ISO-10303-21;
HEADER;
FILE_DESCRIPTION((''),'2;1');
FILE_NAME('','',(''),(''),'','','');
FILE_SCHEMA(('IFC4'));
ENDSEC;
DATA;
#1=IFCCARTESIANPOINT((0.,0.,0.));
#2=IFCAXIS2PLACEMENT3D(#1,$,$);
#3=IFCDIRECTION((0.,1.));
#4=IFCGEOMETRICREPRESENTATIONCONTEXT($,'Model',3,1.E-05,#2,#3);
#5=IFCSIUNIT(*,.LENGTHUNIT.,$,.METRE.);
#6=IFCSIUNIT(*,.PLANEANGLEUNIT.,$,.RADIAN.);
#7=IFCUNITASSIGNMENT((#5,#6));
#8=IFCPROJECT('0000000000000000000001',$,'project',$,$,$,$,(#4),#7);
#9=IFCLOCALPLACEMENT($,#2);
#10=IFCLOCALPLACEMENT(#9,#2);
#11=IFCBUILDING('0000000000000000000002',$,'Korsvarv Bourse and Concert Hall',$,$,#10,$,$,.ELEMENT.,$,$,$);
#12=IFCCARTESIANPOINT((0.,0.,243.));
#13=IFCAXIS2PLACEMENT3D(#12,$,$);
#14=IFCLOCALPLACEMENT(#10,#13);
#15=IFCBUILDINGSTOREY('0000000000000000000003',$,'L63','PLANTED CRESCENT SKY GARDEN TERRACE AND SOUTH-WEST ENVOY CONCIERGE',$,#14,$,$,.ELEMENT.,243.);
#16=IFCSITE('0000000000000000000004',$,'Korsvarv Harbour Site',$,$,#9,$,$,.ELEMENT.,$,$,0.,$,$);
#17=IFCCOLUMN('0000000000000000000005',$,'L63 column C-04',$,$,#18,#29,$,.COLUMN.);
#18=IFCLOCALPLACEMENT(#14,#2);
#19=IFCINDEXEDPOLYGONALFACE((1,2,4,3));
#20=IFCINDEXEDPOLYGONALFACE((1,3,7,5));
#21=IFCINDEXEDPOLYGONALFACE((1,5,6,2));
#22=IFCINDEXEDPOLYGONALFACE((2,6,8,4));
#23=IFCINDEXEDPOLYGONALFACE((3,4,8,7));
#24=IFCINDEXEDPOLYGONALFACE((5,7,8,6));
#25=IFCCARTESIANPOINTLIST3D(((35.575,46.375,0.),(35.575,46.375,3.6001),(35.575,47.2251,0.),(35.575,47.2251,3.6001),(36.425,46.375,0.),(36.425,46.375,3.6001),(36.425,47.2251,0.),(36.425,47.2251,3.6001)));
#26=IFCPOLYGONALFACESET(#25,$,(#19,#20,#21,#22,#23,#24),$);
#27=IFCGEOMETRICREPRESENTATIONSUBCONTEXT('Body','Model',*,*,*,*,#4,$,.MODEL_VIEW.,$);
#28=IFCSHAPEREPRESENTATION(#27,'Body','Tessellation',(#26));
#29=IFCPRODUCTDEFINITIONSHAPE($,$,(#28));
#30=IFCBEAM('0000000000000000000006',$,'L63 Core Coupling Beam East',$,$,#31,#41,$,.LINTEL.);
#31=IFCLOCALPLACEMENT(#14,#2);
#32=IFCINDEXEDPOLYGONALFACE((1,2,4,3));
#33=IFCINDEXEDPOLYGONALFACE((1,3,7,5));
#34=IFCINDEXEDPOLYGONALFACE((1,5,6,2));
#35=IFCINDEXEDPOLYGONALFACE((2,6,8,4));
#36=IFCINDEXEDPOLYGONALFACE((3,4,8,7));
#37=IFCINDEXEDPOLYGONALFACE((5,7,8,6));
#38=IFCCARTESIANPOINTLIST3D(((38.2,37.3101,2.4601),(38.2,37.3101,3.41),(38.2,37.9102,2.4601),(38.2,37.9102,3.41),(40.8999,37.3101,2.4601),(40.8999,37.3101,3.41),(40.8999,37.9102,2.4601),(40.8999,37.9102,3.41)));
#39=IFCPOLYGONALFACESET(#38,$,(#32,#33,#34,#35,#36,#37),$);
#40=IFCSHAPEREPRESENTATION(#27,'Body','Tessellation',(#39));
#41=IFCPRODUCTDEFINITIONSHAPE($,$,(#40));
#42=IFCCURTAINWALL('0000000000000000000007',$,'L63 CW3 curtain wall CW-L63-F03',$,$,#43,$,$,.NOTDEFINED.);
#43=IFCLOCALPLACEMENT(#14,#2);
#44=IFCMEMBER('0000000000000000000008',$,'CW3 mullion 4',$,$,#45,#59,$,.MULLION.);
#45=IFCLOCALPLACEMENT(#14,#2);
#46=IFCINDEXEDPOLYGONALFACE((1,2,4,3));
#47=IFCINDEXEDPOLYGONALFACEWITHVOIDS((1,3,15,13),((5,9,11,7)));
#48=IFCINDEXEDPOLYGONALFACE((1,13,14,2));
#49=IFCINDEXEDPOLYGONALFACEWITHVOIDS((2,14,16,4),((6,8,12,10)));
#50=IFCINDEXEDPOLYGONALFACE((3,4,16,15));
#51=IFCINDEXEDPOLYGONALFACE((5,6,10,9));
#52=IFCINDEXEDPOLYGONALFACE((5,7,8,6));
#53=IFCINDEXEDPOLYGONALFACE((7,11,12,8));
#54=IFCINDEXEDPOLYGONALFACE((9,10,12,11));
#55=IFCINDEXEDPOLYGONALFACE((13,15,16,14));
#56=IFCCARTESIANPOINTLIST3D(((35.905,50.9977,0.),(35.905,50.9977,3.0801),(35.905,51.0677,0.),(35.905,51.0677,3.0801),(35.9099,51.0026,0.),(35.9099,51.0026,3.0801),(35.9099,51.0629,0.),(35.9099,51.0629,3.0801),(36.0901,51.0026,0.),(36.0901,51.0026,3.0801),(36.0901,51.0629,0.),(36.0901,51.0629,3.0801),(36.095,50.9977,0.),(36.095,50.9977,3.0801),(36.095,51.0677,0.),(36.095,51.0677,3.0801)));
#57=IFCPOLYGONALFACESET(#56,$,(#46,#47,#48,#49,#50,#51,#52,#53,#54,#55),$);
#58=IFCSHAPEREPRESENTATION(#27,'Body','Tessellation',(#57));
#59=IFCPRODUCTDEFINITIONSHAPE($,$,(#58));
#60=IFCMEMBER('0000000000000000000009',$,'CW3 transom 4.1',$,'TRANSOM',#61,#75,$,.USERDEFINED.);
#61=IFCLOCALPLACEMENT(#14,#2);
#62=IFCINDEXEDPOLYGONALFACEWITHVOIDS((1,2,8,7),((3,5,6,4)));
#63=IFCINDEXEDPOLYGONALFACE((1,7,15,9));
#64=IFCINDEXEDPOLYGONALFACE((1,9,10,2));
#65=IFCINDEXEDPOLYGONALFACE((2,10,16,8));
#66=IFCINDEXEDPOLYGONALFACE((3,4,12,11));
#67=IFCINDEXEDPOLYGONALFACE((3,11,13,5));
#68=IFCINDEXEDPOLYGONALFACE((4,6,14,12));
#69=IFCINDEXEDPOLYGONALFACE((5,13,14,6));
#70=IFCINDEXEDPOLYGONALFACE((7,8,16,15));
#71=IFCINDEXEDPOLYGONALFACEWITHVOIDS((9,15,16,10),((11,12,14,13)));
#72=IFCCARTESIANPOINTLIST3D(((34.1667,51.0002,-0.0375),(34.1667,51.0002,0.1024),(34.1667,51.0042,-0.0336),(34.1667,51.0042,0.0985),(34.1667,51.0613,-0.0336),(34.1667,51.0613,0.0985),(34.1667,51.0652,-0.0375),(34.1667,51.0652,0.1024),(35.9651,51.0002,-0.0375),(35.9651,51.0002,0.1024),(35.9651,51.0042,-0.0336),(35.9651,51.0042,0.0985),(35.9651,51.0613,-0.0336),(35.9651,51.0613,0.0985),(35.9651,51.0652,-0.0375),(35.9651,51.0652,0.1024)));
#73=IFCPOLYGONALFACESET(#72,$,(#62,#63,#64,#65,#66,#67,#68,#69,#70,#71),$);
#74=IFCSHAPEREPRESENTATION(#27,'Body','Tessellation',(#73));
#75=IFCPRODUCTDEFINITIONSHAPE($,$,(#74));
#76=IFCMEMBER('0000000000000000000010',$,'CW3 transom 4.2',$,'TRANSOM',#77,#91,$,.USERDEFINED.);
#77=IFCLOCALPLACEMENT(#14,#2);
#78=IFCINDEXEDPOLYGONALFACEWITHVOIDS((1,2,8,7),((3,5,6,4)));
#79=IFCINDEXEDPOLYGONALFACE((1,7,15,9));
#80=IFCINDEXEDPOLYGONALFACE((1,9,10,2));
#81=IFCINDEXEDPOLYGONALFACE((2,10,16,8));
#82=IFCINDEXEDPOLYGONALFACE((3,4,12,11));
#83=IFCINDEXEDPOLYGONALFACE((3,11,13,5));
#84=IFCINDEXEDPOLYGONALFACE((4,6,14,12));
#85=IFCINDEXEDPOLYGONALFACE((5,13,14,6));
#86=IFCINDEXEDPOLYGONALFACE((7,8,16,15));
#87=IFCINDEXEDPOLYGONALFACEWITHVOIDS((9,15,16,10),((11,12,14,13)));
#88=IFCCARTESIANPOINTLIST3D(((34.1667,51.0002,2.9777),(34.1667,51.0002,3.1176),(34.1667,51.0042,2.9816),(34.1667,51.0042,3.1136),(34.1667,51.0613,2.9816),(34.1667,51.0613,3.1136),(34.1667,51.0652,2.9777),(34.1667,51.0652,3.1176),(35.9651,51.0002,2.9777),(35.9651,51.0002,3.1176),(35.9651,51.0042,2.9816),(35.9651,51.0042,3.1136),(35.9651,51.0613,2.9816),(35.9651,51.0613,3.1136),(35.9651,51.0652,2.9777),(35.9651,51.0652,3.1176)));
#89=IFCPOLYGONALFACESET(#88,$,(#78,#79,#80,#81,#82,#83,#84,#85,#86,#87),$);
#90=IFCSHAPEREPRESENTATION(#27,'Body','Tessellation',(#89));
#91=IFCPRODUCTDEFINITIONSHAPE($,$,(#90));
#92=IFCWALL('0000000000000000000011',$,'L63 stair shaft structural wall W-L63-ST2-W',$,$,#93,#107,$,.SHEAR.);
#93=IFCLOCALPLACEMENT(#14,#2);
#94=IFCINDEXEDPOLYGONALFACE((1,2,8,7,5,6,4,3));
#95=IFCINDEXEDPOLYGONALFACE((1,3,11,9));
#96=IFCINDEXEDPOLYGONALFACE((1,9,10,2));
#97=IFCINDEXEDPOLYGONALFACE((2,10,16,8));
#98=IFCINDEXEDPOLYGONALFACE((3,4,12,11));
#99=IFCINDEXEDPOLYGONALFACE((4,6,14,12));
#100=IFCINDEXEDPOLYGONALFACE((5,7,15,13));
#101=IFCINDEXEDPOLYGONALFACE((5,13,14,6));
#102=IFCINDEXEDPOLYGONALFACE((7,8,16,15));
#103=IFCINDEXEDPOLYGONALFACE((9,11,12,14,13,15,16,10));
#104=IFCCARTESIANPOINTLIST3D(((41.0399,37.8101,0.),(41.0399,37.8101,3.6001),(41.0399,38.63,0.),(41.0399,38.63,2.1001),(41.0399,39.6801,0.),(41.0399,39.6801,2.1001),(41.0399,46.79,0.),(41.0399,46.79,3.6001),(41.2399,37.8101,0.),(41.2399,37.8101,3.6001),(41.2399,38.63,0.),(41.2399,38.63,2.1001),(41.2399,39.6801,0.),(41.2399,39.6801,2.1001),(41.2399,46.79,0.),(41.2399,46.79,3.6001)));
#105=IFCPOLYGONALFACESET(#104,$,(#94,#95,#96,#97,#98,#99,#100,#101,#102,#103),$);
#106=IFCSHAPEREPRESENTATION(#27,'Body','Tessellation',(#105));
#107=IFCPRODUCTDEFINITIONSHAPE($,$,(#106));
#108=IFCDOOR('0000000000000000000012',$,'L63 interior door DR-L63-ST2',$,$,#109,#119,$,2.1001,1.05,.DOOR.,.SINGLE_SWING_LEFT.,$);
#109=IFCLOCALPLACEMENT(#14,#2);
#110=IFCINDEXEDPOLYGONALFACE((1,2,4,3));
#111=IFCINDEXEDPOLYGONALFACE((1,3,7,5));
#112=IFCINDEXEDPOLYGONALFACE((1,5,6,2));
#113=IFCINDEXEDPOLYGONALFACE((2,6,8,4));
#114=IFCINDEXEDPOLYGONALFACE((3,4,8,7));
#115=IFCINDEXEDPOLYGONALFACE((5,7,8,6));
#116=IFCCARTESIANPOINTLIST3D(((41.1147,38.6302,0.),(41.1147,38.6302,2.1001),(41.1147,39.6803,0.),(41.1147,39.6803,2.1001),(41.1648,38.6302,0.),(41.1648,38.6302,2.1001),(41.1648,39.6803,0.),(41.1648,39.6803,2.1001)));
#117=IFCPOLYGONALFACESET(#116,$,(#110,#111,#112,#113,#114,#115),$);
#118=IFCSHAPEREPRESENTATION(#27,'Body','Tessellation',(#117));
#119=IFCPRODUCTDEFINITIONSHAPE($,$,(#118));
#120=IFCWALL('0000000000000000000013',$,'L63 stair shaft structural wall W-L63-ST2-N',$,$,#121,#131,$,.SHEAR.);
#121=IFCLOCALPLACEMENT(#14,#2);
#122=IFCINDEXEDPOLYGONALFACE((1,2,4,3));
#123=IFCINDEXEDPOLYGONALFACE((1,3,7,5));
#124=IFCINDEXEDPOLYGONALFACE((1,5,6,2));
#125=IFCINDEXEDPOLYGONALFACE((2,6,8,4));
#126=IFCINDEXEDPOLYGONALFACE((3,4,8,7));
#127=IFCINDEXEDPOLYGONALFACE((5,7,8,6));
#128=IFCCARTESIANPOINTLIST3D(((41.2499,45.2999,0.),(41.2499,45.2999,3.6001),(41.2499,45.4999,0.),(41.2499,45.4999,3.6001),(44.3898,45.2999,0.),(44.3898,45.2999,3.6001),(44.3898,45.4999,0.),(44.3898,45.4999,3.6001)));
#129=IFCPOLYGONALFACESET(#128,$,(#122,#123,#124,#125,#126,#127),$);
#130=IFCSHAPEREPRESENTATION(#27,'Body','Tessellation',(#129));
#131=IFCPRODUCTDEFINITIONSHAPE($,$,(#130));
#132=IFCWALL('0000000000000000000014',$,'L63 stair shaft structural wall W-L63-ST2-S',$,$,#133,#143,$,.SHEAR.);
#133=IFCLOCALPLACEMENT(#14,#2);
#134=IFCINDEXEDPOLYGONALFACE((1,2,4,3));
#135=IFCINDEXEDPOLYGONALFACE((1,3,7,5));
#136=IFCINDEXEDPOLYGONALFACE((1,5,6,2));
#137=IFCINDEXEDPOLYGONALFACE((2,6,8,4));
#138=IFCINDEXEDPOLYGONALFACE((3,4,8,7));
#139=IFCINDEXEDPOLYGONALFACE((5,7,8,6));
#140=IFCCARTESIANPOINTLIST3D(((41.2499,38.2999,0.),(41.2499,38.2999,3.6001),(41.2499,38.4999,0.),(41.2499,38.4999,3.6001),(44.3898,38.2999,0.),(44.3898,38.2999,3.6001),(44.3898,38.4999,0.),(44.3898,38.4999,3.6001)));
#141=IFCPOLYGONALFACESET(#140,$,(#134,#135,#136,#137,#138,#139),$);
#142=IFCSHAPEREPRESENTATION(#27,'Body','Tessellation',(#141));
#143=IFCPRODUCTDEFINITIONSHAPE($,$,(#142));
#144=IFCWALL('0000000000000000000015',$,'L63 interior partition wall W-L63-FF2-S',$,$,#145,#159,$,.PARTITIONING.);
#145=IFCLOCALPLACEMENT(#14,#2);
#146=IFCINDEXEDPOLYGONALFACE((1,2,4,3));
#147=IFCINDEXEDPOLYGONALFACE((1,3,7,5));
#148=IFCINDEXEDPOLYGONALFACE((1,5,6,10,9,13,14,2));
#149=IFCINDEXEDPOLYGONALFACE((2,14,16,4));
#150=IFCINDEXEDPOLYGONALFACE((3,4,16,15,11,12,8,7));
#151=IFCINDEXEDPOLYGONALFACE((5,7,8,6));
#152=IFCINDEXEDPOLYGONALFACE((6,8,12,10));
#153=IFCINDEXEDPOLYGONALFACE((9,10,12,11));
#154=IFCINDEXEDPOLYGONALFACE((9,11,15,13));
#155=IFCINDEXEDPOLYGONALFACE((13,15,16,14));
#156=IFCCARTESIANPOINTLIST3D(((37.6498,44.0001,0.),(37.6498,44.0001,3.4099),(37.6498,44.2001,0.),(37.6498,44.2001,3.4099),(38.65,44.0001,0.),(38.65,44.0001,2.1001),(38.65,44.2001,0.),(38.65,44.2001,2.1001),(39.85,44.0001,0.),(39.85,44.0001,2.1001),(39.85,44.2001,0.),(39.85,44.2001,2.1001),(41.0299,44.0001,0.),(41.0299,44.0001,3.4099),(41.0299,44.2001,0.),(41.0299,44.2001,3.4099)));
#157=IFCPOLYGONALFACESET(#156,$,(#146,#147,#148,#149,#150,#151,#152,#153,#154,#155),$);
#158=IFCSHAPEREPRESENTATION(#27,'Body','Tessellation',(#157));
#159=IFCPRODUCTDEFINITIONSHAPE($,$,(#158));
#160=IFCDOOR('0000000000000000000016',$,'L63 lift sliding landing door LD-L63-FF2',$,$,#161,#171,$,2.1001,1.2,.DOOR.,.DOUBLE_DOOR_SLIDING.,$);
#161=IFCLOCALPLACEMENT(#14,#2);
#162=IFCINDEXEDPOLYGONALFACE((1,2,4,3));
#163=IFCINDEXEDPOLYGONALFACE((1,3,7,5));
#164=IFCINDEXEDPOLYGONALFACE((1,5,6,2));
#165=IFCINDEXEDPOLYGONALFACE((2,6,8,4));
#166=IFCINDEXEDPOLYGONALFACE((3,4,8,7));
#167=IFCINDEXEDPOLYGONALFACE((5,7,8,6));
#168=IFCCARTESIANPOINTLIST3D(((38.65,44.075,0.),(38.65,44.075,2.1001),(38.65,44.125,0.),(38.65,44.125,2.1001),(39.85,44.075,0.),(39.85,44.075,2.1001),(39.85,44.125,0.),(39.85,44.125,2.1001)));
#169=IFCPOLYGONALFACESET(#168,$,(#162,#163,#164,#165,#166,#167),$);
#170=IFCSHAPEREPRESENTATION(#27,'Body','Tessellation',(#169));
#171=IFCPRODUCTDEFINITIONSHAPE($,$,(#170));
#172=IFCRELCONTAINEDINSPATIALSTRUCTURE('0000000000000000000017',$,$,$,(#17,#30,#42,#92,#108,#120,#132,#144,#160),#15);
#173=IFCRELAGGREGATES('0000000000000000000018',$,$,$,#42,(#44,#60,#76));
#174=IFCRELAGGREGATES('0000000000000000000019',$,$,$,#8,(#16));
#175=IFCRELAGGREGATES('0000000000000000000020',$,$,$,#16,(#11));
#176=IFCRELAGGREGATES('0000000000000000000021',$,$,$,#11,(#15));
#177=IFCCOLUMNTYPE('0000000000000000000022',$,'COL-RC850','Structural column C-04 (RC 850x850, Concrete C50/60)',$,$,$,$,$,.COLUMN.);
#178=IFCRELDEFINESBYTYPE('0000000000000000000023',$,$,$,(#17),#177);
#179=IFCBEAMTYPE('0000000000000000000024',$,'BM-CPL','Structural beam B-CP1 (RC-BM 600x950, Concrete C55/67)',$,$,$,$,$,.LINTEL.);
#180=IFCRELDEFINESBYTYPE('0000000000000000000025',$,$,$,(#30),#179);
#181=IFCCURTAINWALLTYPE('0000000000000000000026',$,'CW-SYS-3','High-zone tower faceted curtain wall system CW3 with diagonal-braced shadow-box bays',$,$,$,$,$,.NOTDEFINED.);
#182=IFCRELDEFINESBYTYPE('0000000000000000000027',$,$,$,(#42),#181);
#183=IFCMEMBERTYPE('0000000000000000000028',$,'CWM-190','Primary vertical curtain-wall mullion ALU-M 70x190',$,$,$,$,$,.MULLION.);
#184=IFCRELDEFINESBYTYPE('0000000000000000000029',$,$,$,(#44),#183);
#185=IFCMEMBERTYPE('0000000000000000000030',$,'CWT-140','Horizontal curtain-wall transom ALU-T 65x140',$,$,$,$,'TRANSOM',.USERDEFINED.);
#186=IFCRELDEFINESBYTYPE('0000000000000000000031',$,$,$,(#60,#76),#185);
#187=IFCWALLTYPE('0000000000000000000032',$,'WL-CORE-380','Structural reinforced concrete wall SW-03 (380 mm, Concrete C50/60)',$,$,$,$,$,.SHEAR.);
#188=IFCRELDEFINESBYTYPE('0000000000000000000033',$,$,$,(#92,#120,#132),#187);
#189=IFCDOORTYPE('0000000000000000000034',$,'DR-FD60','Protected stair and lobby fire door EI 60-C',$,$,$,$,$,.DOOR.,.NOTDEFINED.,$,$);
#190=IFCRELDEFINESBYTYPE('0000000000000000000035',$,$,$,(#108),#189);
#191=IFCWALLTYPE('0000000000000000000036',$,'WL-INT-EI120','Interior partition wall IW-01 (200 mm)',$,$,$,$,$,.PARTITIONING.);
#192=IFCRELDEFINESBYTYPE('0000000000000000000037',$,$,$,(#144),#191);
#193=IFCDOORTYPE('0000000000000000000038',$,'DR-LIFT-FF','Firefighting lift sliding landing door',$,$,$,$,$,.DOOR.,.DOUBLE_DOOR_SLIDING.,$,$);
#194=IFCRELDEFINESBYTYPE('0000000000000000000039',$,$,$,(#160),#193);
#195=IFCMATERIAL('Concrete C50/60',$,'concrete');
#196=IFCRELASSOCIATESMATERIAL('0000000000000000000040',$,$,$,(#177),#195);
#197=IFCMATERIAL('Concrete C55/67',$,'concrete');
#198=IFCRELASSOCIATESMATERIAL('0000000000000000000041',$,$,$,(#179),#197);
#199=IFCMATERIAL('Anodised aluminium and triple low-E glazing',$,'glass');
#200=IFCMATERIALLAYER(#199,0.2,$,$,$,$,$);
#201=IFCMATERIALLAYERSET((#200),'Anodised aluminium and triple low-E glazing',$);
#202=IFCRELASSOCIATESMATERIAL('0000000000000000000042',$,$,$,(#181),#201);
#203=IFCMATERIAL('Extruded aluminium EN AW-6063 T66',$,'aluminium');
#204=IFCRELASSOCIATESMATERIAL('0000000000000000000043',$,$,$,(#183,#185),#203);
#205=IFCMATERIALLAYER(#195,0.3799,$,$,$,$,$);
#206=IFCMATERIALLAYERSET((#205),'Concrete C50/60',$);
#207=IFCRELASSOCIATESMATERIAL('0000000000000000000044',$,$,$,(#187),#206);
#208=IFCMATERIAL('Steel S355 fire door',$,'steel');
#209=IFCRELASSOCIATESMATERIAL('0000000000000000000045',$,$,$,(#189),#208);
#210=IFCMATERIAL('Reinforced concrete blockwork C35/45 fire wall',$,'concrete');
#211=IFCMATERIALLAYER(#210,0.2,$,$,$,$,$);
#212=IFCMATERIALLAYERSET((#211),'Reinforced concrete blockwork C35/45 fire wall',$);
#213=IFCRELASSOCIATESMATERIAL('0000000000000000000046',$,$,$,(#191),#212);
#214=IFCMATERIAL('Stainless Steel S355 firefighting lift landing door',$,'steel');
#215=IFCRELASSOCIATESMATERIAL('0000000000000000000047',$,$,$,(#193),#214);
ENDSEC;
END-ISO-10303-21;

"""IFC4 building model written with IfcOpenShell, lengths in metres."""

from ifc_helpers import new_model, si_unit, direction, frame, frame_2d, origin, origin_2d, place, context, subcontext, project, spatial, rectangle, hollow_rectangle, extrude, source, transform, mapped, material, layer, layer_set, material_profile, profile_set, type_object, element, fill, aggregate, save


model = new_model("IFC4")

# Units and contexts
model_context = context("Model", 3, precision=1e-05, world=origin(), true_north=direction((0.0, 1.0)))
body_context = subcontext(model_context, "Body", "Model", "MODEL_VIEW")
ifc_project = project(units=[si_unit("LENGTHUNIT", "METRE"), si_unit("PLANEANGLEUNIT", "RADIAN")], contexts=[model_context])

# Site, building, storey
site_placement = place(None, origin())
site = spatial("IfcSite", under=ifc_project, at=site_placement, Name="Korsvarv Harbour Site", CompositionType="ELEMENT", RefElevation=0.0)
building_placement = place(site_placement, origin())
building = spatial("IfcBuilding", under=site, at=building_placement, Name="Korsvarv Bourse and Concert Hall", CompositionType="ELEMENT")
storey_placement = place(building_placement, frame((0.0, 0.0, 243.0)))
storey = spatial("IfcBuildingStorey", under=building, at=storey_placement, Name="L63", Description="PLANTED CRESCENT SKY GARDEN TERRACE AND SOUTH-WEST ENVOY CONCIERGE", CompositionType="ELEMENT", Elevation=243.0)

# Column
ifc_material_1 = material(Name="Concrete C50/60", Category="concrete")
ifc_material_profile_1 = material_profile(ifc_material_1, rectangle(XDim=0.8501, YDim=0.8501, at=origin_2d()), Name="RC 850x850")
ifc_profile_set_1 = profile_set([ifc_material_profile_1], Name="Concrete C50/60")
column_type = type_object("IfcColumnType", Name="COL-RC850", Description="Structural column C-04 (RC 850x850, Concrete C50/60)", PredefinedType="COLUMN", material=ifc_profile_set_1)
shared_shape_1 = source(origin(), body_context, "Body", "SweptSolid", [
    extrude(rectangle(XDim=0.8501, YDim=0.8501, at=origin_2d()), origin(), (0.0, 0.0, 1.0), 3.6001),
])
column_placement = place(storey_placement, frame((36.0, 46.8, 0.0), z_axis=(0.0, 0.0, 1.0), x_axis=(1.0, 0.0, 0.0)))
element("IfcColumn", 1, at=column_placement, inside=storey, type_object=column_type, Name="L63 column C-04", PredefinedType="COLUMN", context=body_context, shape_type="MappedRepresentation", body=[
    mapped(shared_shape_1, transform((0.0, 0.0, 0.0), scale=1.0)),
])

# Beam
ifc_material_2 = material(Name="Concrete C55/67", Category="concrete")
ifc_material_profile_2 = material_profile(ifc_material_2, rectangle(XDim=0.6001, YDim=0.95, at=origin_2d()), Name="RC-BM 600x950")
ifc_profile_set_2 = profile_set([ifc_material_profile_2], Name="Concrete C55/67")
beam_type = type_object("IfcBeamType", Name="BM-CPL", Description="Structural beam B-CP1 (RC-BM 600x950, Concrete C55/67)", PredefinedType="LINTEL", material=ifc_profile_set_2)
shared_shape_2 = source(origin(), body_context, "Body", "SweptSolid", [
    extrude(rectangle(XDim=0.6001, YDim=0.95, at=origin_2d()), origin(), (0.0, 0.0, 1.0), 2.7),
])
beam_placement = place(storey_placement, frame((38.2, 37.6101, 2.9351), z_axis=(1.0, 0.0, 0.0), x_axis=(0.0, 1.0, 0.0)))
element("IfcBeam", 2, at=beam_placement, inside=storey, type_object=beam_type, Name="L63 Core Coupling Beam East", PredefinedType="LINTEL", context=body_context, shape_type="MappedRepresentation", body=[
    mapped(shared_shape_2, transform((0.0, 0.0, 0.0), scale=1.0)),
])

# Curtain wall, members
ifc_material_3 = material(Name="Anodised aluminium and triple low-E glazing", Category="glass")
ifc_layer_1 = layer(ifc_material_3, 0.2)
ifc_layer_set_1 = layer_set([ifc_layer_1], Name="Anodised aluminium and triple low-E glazing")
curtain_wall_type = type_object("IfcCurtainWallType", Name="CW-SYS-3", Description="High-zone tower faceted curtain wall system CW3 with diagonal-braced shadow-box bays", PredefinedType="NOTDEFINED", material=ifc_layer_set_1)
curtain_wall_placement = place(storey_placement, origin())
curtain_wall = element("IfcCurtainWall", 3, at=curtain_wall_placement, inside=storey, type_object=curtain_wall_type, Name="L63 CW3 curtain wall CW-L63-F03", PredefinedType="NOTDEFINED")
ifc_material_4 = material(Name="Extruded aluminium EN AW-6063 T66", Category="aluminium")
ifc_material_profile_3 = material_profile(ifc_material_4, hollow_rectangle(XDim=0.0701, YDim=0.1899, WallThickness=0.0049, at=origin_2d()), Name="ALU-M 70x190")
ifc_profile_set_3 = profile_set([ifc_material_profile_3], Name="Extruded aluminium EN AW-6063 T66")
member_type_1 = type_object("IfcMemberType", Name="CWM-190", Description="Primary vertical curtain-wall mullion ALU-M 70x190", PredefinedType="MULLION", material=ifc_profile_set_3)
shared_shape_3 = source(origin(), body_context, "Body", "SweptSolid", [
    extrude(hollow_rectangle(XDim=0.0701, YDim=0.1899, WallThickness=0.0049, at=origin_2d()), origin(), (0.0, 0.0, 1.0), 3.0801),
])
member_1_placement = place(storey_placement, frame((36.0, 51.0327, 0.0), z_axis=(0.0, 0.0, 1.0), x_axis=(0.0, -1.0, 0.0)))
member_1 = element("IfcMember", 4, at=member_1_placement, type_object=member_type_1, Name="CW3 mullion 4", PredefinedType="MULLION", context=body_context, shape_type="MappedRepresentation", body=[
    mapped(shared_shape_3, transform((0.0, 0.0, 0.0), scale=1.0)),
])
ifc_material_profile_4 = material_profile(ifc_material_4, hollow_rectangle(XDim=0.0649, YDim=0.1399, WallThickness=0.0039, at=origin_2d()), Name="ALU-T 65x140")
ifc_profile_set_4 = profile_set([ifc_material_profile_4], Name="Extruded aluminium EN AW-6063 T66")
member_type_2 = type_object("IfcMemberType", Name="CWT-140", Description="Horizontal curtain-wall transom ALU-T 65x140", ElementType="TRANSOM", PredefinedType="USERDEFINED", material=ifc_profile_set_4)
shared_shape_4 = source(origin(), body_context, "Body", "SweptSolid", [
    extrude(hollow_rectangle(XDim=0.0649, YDim=0.1399, WallThickness=0.0039, at=origin_2d()), origin(), (0.0, 0.0, 1.0), 1.7983),
])
member_2_placement = place(storey_placement, frame((35.9651, 51.0327, 0.0325), z_axis=(-1.0, 0.0, 0.0), x_axis=(0.0, -1.0, 0.0)))
member_2 = element("IfcMember", 5, at=member_2_placement, type_object=member_type_2, Name="CW3 transom 4.1", ObjectType="TRANSOM", PredefinedType="USERDEFINED", context=body_context, shape_type="MappedRepresentation", body=[
    mapped(shared_shape_4, transform((0.0, 0.0, 0.0), scale=1.0)),
])
member_3_placement = place(storey_placement, frame((35.9651, 51.0327, 3.0476), z_axis=(-1.0, 0.0, 0.0), x_axis=(0.0, -1.0, 0.0)))
member_3 = element("IfcMember", 6, at=member_3_placement, type_object=member_type_2, Name="CW3 transom 4.2", ObjectType="TRANSOM", PredefinedType="USERDEFINED", context=body_context, shape_type="MappedRepresentation", body=[
    mapped(shared_shape_4, transform((0.0, 0.0, 0.0), scale=1.0)),
])
aggregate(curtain_wall, [member_1, member_2, member_3])

# Wall, opening, door
ifc_layer_2 = layer(ifc_material_1, 0.3799)
ifc_layer_set_2 = layer_set([ifc_layer_2], Name="Concrete C50/60")
wall_type_1 = type_object("IfcWallType", Name="WL-CORE-380", Description="Structural reinforced concrete wall SW-03 (380 mm, Concrete C50/60)", PredefinedType="SHEAR", material=ifc_layer_set_2)
wall_1_placement = place(storey_placement, frame((41.1399, 37.8101, 0.0), z_axis=(0.0, 0.0, 1.0), x_axis=(0.0, 1.0, 0.0)))
wall_1 = element("IfcWall", 7, at=wall_1_placement, inside=storey, type_object=wall_type_1, Name="L63 stair shaft structural wall W-L63-ST2-W", PredefinedType="SHEAR", context=body_context, shape_type="SweptSolid", body=[
    extrude(rectangle(XDim=8.98, YDim=0.2, at=frame_2d((4.49, 0.0))), origin(), (0.0, 0.0, 1.0), 3.6001),
])
opening_1_placement = place(wall_1_placement, frame((0.8201, 0.0, 0.0)))
opening_1 = element("IfcOpeningElement", 8, at=opening_1_placement, cuts=wall_1, PredefinedType="OPENING", context=body_context, shape_type="SweptSolid", body=[
    extrude(rectangle(XDim=1.05, YDim=2.1001, at=frame_2d((0.5249, 1.05))), frame((0.0, 0.1099, 0.0), z_axis=(0.0, -1.0, 0.0), x_axis=(1.0, 0.0, 0.0)), (0.0, 0.0, 1.0), 0.22),
])
ifc_material_5 = material(Name="Steel S355 fire door", Category="steel")
door_type_1 = type_object("IfcDoorType", Name="DR-FD60", Description="Protected stair and lobby fire door EI 60-C", OperationType="NOTDEFINED", PredefinedType="DOOR", material=ifc_material_5)
door_1_placement = place(opening_1_placement, frame((1.05, 0.0, 0.0), z_axis=(0.0, 0.0, 1.0), x_axis=(-1.0, 0.0, 0.0)))
door_1 = element("IfcDoor", 9, at=door_1_placement, inside=storey, type_object=door_type_1, Name="L63 interior door DR-L63-ST2", OperationType="SINGLE_SWING_LEFT", OverallHeight=2.1001, OverallWidth=1.05, PredefinedType="DOOR", context=body_context, shape_type="SweptSolid", body=[
    extrude(rectangle(XDim=1.05, YDim=2.1001, at=frame_2d((0.5249, 1.05))), frame((0.0, 0.0249, 0.0), z_axis=(0.0, -1.0, 0.0), x_axis=(1.0, 0.0, 0.0)), (0.0, 0.0, 1.0), 0.05),
])
fill(opening_1, door_1)

# Walls
for number, where, z_axis, x_axis, name in (
    (10, (41.25, 45.3999, 0.0), (0.0, 0.0, 1.0), (1.0, 0.0, 0.0), "L63 stair shaft structural wall W-L63-ST2-N"),
    (11, (41.25, 38.3999, 0.0), (0.0, 0.0, 1.0), (1.0, 0.0, 0.0), "L63 stair shaft structural wall W-L63-ST2-S"),
):
    element("IfcWall", number, at=place(storey_placement, frame(where, z_axis=z_axis, x_axis=x_axis)), inside=storey, type_object=wall_type_1, Name=name, PredefinedType="SHEAR", context=body_context, shape_type="SweptSolid", body=[
        extrude(rectangle(XDim=3.1399, YDim=0.2, at=frame_2d((1.5698, 0.0))), origin(), (0.0, 0.0, 1.0), 3.6001),
    ])

# Wall, opening, door
ifc_material_6 = material(Name="Reinforced concrete blockwork C35/45 fire wall", Category="concrete")
ifc_layer_3 = layer(ifc_material_6, 0.2)
ifc_layer_set_3 = layer_set([ifc_layer_3], Name="Reinforced concrete blockwork C35/45 fire wall")
wall_type_2 = type_object("IfcWallType", Name="WL-INT-EI120", Description="Interior partition wall IW-01 (200 mm)", PredefinedType="PARTITIONING", material=ifc_layer_set_3)
wall_2_placement = place(storey_placement, frame((37.6499, 44.1001, 0.0), z_axis=(0.0, 0.0, 1.0), x_axis=(1.0, 0.0, 0.0)))
wall_2 = element("IfcWall", 12, at=wall_2_placement, inside=storey, type_object=wall_type_2, Name="L63 interior partition wall W-L63-FF2-S", PredefinedType="PARTITIONING", context=body_context, shape_type="SweptSolid", body=[
    extrude(rectangle(XDim=3.3801, YDim=0.2, at=frame_2d((1.6899, 0.0))), origin(), (0.0, 0.0, 1.0), 3.4099),
])
opening_2_placement = place(wall_2_placement, frame((1.0, 0.0, 0.0)))
opening_2 = element("IfcOpeningElement", 13, at=opening_2_placement, cuts=wall_2, PredefinedType="OPENING", context=body_context, shape_type="SweptSolid", body=[
    extrude(rectangle(XDim=1.2, YDim=2.1001, at=frame_2d((0.6001, 1.05))), frame((0.0, 0.1099, 0.0), z_axis=(0.0, -1.0, 0.0), x_axis=(1.0, 0.0, 0.0)), (0.0, 0.0, 1.0), 0.22),
])
ifc_material_7 = material(Name="Stainless Steel S355 firefighting lift landing door", Category="steel")
door_type_2 = type_object("IfcDoorType", Name="DR-LIFT-FF", Description="Firefighting lift sliding landing door", OperationType="DOUBLE_DOOR_SLIDING", PredefinedType="DOOR", material=ifc_material_7)
door_2_placement = place(opening_2_placement, origin())
door_2 = element("IfcDoor", 14, at=door_2_placement, inside=storey, type_object=door_type_2, Name="L63 lift sliding landing door LD-L63-FF2", OperationType="DOUBLE_DOOR_SLIDING", OverallHeight=2.1001, OverallWidth=1.2, PredefinedType="DOOR", context=body_context, shape_type="SweptSolid", body=[
    extrude(rectangle(XDim=1.2, YDim=2.1001, at=frame_2d((0.6001, 1.05))), frame((0.0, 0.0249, 0.0), z_axis=(0.0, -1.0, 0.0), x_axis=(1.0, 0.0, 0.0)), (0.0, 0.0, 1.0), 0.05),
])
fill(opening_2, door_2)

save(model, "model.ifc")
